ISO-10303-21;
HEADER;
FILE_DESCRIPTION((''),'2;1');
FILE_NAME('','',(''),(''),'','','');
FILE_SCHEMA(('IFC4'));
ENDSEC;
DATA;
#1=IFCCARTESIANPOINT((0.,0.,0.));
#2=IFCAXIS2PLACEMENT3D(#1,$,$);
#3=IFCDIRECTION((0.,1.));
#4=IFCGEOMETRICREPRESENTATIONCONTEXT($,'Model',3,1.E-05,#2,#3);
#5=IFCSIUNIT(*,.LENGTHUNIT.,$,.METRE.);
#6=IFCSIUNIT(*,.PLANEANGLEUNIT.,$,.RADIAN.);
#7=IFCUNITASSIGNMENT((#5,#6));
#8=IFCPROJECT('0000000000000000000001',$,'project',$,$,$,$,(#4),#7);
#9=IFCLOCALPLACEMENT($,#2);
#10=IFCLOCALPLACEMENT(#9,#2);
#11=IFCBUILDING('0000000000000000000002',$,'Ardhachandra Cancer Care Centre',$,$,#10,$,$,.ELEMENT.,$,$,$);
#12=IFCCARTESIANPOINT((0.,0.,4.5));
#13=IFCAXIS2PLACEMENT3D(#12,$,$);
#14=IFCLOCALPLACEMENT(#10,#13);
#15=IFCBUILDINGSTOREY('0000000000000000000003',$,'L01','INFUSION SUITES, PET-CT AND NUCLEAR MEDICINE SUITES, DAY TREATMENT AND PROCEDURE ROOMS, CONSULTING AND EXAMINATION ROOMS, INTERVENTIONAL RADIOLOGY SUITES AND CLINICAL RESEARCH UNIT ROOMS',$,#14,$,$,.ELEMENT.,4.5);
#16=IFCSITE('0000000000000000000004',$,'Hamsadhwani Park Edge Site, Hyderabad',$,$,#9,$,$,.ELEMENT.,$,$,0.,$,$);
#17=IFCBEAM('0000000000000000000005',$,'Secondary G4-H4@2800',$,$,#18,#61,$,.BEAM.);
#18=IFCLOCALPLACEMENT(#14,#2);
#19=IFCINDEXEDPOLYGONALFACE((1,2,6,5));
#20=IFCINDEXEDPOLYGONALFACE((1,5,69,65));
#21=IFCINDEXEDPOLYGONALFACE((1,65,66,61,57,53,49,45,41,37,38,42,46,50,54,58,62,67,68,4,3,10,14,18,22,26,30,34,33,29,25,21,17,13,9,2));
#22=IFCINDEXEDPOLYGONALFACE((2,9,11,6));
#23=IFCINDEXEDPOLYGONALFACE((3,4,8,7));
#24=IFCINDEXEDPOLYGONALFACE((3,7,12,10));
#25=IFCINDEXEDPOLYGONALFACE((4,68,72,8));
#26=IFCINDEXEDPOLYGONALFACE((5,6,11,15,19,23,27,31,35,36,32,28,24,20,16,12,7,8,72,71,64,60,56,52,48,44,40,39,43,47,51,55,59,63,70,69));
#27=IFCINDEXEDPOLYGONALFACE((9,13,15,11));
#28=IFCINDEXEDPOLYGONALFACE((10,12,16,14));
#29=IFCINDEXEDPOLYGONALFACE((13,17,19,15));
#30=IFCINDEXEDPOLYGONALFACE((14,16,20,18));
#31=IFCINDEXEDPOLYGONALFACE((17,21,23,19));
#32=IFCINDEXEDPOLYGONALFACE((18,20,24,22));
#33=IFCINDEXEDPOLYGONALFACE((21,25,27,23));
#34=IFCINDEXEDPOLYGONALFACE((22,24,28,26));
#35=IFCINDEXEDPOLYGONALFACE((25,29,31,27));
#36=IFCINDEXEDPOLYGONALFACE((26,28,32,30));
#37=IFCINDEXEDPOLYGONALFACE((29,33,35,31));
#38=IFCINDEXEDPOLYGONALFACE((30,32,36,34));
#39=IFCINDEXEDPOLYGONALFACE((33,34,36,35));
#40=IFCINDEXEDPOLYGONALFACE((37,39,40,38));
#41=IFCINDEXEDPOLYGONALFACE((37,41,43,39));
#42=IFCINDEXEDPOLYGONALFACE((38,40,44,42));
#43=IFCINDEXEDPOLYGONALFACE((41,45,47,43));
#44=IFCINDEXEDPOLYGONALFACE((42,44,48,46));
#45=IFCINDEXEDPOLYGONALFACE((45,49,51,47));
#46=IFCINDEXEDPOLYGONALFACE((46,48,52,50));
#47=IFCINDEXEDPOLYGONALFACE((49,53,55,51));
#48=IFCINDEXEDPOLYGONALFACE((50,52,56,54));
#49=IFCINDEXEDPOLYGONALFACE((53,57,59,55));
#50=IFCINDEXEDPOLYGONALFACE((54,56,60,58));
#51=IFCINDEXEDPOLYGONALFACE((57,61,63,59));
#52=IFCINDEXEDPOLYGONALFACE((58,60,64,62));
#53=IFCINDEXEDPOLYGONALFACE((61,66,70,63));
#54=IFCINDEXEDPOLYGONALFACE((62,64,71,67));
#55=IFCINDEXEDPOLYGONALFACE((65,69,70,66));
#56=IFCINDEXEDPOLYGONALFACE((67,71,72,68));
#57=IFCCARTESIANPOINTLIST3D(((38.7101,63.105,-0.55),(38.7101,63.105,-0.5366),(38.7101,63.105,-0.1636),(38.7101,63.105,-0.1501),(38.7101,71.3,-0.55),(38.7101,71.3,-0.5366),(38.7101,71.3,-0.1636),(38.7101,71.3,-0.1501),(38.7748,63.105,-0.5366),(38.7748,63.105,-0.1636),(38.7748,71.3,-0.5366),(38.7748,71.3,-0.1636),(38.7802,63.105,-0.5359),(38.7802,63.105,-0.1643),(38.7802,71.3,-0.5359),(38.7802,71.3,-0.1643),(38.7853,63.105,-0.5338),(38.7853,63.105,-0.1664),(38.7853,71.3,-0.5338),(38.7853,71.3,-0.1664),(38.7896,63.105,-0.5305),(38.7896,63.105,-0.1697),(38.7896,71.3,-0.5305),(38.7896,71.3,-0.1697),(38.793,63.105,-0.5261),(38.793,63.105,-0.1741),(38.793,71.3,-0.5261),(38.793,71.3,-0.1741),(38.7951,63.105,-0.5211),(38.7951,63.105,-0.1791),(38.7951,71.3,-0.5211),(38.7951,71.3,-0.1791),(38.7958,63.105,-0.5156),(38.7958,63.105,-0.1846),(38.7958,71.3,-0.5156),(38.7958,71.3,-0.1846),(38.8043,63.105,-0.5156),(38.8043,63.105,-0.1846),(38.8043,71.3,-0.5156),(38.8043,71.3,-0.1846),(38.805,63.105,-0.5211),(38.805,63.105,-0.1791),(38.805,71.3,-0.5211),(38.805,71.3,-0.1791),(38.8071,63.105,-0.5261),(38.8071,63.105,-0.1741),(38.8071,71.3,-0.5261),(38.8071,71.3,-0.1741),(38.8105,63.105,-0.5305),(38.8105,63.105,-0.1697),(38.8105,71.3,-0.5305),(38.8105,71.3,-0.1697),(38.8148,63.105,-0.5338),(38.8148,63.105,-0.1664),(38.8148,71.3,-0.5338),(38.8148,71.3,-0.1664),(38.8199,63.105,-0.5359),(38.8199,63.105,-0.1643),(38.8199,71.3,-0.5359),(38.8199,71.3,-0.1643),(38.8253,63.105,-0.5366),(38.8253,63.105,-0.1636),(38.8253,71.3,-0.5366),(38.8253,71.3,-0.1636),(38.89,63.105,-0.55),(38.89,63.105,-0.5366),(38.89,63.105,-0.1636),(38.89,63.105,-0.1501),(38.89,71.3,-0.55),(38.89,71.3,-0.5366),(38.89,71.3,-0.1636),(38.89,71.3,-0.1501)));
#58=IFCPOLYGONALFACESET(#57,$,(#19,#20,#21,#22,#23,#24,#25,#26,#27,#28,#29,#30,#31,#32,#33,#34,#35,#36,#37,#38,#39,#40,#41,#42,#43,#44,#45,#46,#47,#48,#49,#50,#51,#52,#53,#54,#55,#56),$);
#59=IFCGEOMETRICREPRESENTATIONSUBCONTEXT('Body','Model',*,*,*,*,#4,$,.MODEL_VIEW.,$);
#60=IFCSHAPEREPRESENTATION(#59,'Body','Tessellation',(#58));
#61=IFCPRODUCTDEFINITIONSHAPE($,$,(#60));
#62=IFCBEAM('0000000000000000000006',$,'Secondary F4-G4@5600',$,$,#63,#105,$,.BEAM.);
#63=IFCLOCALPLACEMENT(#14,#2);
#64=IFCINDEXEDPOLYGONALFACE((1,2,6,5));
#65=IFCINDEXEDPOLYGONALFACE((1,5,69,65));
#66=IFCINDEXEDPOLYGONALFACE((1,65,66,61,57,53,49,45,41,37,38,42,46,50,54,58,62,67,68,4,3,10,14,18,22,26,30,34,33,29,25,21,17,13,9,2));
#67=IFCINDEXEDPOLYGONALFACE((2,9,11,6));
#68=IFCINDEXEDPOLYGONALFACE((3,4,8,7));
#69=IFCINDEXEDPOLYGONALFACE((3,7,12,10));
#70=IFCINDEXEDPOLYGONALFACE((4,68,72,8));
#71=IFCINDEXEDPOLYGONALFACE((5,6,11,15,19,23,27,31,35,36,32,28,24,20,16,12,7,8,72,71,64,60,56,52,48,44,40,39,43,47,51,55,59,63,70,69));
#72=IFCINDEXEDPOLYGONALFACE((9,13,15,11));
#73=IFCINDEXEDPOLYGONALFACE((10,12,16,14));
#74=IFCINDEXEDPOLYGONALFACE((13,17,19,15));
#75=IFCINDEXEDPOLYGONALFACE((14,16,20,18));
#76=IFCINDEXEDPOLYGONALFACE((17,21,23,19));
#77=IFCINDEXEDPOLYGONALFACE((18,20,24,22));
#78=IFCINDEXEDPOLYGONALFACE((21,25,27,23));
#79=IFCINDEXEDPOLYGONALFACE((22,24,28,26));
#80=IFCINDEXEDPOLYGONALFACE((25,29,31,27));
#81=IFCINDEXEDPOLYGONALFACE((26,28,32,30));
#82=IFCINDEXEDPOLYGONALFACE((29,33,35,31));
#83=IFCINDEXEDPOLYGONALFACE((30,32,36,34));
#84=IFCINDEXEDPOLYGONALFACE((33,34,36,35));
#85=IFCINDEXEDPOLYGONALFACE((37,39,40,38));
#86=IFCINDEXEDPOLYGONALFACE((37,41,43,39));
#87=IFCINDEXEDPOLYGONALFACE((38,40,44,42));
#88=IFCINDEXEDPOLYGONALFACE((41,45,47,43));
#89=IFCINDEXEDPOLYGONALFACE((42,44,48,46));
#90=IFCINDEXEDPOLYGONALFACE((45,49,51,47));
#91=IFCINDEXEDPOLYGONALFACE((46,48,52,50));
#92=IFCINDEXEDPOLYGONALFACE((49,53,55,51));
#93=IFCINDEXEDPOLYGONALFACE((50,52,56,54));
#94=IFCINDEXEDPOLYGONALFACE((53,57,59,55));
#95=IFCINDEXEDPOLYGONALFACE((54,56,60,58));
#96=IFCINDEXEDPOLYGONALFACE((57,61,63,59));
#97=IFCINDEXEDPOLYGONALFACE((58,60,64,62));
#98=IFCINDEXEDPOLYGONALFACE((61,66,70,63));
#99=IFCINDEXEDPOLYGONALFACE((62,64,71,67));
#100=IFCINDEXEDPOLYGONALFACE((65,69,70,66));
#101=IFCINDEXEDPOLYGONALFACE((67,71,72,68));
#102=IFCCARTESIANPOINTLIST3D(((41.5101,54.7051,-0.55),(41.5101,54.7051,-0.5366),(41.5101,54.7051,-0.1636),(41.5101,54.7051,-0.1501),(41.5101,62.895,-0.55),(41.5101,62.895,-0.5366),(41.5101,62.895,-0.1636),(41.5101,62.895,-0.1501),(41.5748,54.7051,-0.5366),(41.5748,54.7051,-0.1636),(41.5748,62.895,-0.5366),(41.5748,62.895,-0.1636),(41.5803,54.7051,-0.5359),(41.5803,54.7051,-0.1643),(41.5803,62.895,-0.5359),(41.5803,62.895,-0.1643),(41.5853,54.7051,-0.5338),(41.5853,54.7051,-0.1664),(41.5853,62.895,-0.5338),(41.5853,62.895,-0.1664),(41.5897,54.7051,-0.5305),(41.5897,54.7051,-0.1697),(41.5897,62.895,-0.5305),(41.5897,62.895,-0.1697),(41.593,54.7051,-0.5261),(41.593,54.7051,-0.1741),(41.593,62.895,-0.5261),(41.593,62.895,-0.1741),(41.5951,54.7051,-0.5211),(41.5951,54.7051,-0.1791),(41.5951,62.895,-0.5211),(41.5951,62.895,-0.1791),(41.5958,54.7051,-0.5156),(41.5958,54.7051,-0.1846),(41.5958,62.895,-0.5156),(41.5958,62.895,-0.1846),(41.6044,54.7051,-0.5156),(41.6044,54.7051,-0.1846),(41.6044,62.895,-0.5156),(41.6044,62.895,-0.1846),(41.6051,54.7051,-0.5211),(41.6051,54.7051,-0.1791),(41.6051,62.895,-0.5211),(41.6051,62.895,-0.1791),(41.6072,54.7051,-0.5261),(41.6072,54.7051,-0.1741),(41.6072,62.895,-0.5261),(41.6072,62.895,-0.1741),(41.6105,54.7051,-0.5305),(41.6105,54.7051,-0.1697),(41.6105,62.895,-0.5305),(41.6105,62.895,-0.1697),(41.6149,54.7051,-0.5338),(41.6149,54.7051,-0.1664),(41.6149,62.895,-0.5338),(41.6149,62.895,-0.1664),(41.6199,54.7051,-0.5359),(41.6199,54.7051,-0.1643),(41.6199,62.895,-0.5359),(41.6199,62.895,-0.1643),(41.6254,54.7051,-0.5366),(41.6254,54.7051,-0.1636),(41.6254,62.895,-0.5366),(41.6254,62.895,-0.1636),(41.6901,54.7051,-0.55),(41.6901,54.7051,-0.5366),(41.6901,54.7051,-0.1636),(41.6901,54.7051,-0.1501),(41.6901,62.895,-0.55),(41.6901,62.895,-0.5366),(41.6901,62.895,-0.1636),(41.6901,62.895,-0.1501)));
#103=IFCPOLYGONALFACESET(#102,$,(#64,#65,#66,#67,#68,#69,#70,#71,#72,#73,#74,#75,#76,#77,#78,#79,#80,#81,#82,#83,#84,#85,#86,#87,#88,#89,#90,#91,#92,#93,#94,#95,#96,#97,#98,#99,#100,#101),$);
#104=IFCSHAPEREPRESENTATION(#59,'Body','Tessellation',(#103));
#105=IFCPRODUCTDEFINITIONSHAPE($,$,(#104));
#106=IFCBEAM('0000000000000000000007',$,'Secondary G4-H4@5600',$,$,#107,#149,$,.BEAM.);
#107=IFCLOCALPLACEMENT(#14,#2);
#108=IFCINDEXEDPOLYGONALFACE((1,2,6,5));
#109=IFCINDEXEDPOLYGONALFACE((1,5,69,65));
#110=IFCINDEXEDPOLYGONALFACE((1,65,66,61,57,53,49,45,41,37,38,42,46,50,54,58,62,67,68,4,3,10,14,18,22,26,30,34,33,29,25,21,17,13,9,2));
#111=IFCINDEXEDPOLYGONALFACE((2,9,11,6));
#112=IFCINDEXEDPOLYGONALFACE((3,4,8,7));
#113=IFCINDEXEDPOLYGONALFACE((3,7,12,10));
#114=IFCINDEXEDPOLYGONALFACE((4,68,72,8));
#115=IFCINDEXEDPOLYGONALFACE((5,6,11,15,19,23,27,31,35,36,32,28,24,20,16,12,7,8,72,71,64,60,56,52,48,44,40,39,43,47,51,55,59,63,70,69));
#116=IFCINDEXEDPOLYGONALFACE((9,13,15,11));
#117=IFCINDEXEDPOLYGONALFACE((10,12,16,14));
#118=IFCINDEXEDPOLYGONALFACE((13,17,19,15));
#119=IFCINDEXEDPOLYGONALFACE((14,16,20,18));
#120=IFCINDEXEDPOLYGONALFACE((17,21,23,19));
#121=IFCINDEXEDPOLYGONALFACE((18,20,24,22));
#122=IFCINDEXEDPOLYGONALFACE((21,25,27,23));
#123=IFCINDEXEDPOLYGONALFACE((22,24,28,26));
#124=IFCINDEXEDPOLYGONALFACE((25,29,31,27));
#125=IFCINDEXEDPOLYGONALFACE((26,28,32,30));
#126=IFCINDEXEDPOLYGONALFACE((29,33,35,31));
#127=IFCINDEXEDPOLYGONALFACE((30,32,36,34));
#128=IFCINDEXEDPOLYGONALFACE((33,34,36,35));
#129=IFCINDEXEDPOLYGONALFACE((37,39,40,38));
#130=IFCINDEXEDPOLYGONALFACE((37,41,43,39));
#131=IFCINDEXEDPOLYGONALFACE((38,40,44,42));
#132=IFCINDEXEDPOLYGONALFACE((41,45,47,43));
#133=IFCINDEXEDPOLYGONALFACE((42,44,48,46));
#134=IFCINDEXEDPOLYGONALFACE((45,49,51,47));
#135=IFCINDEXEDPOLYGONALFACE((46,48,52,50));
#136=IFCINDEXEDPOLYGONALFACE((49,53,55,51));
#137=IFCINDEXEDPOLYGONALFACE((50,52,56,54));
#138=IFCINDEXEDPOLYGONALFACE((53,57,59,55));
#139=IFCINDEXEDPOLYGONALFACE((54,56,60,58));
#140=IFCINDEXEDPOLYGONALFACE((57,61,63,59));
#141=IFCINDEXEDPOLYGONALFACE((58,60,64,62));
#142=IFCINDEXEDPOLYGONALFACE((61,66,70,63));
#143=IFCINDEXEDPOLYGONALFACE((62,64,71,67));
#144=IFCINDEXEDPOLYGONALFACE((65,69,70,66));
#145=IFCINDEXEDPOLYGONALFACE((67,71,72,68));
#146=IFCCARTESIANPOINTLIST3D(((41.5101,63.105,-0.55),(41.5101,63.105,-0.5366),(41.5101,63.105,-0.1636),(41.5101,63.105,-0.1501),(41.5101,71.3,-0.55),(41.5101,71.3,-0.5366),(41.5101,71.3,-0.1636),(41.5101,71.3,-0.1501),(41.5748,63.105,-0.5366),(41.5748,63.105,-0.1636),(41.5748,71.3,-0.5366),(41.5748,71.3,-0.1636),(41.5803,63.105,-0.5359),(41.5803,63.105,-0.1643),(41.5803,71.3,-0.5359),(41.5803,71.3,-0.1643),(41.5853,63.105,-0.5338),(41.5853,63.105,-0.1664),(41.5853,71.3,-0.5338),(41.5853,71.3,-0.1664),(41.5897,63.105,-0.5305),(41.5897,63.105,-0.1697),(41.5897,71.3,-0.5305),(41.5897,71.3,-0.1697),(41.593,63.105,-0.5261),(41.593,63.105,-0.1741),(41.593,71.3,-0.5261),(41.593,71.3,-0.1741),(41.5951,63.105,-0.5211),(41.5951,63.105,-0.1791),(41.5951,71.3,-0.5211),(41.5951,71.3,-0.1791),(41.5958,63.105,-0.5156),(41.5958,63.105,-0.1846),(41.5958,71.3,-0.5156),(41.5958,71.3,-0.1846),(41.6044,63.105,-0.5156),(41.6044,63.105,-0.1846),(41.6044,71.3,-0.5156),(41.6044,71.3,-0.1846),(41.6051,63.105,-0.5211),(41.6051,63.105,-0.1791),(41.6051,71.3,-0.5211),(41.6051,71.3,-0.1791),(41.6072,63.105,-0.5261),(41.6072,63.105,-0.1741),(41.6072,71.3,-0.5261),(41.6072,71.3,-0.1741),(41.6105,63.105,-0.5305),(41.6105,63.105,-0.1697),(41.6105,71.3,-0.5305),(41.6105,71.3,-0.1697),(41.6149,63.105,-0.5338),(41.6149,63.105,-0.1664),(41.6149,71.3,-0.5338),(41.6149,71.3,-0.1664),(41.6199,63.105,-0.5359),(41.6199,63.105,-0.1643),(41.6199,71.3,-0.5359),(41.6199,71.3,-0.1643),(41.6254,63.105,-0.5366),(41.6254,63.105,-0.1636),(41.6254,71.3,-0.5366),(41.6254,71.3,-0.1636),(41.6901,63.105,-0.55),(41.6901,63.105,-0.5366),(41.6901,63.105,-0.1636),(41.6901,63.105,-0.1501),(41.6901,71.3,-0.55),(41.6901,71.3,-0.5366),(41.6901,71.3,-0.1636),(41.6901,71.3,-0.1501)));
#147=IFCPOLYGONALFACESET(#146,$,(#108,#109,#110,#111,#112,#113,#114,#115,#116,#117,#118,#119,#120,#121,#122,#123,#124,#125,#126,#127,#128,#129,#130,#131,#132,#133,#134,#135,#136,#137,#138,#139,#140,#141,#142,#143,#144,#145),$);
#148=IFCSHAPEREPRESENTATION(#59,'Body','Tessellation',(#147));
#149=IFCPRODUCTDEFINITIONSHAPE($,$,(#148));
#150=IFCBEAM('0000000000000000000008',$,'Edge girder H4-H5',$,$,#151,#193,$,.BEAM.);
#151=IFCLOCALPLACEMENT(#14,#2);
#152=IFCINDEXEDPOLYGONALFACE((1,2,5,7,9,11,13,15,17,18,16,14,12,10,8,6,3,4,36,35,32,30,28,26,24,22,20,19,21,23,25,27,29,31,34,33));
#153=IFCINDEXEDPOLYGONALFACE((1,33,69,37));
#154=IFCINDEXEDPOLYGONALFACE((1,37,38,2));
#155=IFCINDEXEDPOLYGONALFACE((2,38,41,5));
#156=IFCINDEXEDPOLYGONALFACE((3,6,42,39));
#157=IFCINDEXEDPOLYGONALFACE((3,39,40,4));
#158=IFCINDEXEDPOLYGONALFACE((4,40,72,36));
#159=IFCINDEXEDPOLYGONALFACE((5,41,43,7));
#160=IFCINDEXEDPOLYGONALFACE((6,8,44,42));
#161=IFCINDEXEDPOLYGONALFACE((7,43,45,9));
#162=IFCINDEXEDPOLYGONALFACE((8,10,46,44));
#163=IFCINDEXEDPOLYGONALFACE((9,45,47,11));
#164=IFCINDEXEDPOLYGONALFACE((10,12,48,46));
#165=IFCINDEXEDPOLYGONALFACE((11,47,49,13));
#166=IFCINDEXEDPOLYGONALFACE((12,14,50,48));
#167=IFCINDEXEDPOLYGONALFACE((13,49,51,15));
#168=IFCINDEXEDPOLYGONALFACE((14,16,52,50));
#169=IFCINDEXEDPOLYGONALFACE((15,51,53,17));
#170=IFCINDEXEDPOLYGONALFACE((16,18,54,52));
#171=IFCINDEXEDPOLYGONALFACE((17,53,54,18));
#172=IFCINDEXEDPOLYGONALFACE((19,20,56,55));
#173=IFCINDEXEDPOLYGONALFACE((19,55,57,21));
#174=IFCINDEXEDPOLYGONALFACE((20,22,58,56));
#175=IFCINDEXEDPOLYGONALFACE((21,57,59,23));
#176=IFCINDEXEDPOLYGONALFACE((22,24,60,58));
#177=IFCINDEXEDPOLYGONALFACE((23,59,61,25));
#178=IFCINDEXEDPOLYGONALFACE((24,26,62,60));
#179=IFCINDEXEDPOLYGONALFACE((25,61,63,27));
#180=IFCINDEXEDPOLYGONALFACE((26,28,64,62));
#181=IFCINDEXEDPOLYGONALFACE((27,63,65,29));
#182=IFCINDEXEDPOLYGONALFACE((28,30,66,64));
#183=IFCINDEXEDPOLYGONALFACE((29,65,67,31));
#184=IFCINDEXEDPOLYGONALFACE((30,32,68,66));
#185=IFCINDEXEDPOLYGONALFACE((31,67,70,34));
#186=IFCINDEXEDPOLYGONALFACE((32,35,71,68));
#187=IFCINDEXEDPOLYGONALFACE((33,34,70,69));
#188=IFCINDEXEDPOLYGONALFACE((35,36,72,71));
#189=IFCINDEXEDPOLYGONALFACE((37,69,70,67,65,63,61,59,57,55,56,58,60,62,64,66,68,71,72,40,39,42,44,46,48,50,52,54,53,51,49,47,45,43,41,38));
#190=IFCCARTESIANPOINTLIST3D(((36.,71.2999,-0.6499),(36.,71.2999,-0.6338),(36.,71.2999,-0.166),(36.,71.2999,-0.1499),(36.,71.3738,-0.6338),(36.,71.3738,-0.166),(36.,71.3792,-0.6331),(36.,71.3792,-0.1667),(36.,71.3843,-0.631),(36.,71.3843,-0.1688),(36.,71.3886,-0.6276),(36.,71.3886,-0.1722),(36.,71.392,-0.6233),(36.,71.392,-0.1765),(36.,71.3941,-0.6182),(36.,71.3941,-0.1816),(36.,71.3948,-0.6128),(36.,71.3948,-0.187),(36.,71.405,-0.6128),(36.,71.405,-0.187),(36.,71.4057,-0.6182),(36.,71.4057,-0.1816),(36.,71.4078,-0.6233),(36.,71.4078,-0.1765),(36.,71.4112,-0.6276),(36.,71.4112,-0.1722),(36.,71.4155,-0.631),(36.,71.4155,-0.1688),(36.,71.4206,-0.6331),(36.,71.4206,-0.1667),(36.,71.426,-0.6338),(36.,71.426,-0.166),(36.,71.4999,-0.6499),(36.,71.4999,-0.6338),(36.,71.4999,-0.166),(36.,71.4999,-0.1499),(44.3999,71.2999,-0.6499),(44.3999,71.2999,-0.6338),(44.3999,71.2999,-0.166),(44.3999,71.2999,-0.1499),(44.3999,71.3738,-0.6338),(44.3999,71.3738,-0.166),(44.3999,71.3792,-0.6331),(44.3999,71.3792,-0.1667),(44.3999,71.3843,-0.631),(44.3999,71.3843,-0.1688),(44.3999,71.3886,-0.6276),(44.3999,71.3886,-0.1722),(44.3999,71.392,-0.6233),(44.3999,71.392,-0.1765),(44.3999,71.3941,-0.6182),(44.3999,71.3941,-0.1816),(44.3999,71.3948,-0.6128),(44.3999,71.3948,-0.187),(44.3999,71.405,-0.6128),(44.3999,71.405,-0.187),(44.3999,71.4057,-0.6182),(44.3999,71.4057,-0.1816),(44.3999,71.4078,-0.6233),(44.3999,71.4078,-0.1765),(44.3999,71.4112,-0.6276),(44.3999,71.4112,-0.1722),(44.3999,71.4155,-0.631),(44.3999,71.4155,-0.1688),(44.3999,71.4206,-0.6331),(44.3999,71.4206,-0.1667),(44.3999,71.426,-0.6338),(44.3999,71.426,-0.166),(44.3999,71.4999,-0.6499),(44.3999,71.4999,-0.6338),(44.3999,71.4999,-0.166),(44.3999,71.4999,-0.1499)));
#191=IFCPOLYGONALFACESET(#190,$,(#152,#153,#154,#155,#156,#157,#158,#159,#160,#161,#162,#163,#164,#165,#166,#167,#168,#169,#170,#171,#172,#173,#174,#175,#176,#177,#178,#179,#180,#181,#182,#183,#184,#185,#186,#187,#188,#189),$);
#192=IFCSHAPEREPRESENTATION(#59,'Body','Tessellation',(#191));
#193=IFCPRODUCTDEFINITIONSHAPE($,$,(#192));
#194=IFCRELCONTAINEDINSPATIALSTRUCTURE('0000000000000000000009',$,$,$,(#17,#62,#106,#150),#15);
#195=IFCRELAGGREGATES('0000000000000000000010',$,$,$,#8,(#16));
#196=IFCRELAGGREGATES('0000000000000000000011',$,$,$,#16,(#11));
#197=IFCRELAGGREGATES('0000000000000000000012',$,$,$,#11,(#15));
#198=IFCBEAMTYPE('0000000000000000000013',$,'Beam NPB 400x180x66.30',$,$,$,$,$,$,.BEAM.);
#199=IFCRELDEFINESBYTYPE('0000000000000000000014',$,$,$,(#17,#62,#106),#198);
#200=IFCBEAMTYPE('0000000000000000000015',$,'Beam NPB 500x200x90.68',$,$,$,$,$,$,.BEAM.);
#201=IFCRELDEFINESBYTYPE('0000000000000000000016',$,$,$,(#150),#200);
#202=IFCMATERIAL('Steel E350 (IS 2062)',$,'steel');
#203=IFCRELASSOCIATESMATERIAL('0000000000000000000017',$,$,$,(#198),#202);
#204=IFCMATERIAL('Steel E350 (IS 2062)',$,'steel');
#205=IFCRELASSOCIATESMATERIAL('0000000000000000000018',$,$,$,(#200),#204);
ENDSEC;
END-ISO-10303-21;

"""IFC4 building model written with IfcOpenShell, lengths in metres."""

from ifc_helpers import new_model, si_unit, direction, frame, origin, origin_2d, place, context, subcontext, project, spatial, i_section, extrude, material, material_profile, profile_set, type_object, element, save


model = new_model("IFC4")

# Units and contexts
model_context = context("Model", 3, precision=1e-05, world=origin(), true_north=direction((0.0, 1.0)))
body_context = subcontext(model_context, "Body", "Model", "MODEL_VIEW")
ifc_project = project(units=[si_unit("LENGTHUNIT", "METRE"), si_unit("PLANEANGLEUNIT", "RADIAN")], contexts=[model_context])

# Site, building, storey
site_placement = place(None, origin())
site = spatial("IfcSite", under=ifc_project, at=site_placement, Name="Hamsadhwani Park Edge Site, Hyderabad", CompositionType="ELEMENT", RefElevation=0.0)
building_placement = place(site_placement, origin())
building = spatial("IfcBuilding", under=site, at=building_placement, Name="Ardhachandra Cancer Care Centre", CompositionType="ELEMENT")
storey_placement = place(building_placement, frame((0.0, 0.0, 4.5)))
storey = spatial("IfcBuildingStorey", under=building, at=storey_placement, Name="L01", Description="INFUSION SUITES, PET-CT AND NUCLEAR MEDICINE SUITES, DAY TREATMENT AND PROCEDURE ROOMS, CONSULTING AND EXAMINATION ROOMS, INTERVENTIONAL RADIOLOGY SUITES AND CLINICAL RESEARCH UNIT ROOMS", CompositionType="ELEMENT", Elevation=4.5)

# Beams
ifc_material_1 = material(Name="Steel E350 (IS 2062)", Category="steel")
ifc_material_profile_1 = material_profile(ifc_material_1, i_section(OverallWidth=0.1799, OverallDepth=0.3999, WebThickness=0.0085, FlangeThickness=0.0134, FilletRadius=0.021, at=origin_2d()), Name="NPB 400x180x66.30")
ifc_profile_set_1 = profile_set([ifc_material_profile_1], Name="Steel E350 (IS 2062)")
beam_type_1 = type_object("IfcBeamType", Name="Beam NPB 400x180x66.30", PredefinedType="BEAM", material=ifc_profile_set_1)
beam_1_placement = place(storey_placement, frame((38.8, 63.105, -0.3501), z_axis=(0.0, 1.0, 0.0), x_axis=(-1.0, 0.0, 0.0)))
element("IfcBeam", 1, at=beam_1_placement, inside=storey, type_object=beam_type_1, Name="Secondary G4-H4@2800", PredefinedType="BEAM", context=body_context, shape_type="SweptSolid", body=[
    extrude(i_section(OverallWidth=0.1799, OverallDepth=0.3999, WebThickness=0.0085, FlangeThickness=0.0134, FilletRadius=0.021, at=origin_2d()), origin(), (0.0, 0.0, 1.0), 8.1951),
])
beam_2_placement = place(storey_placement, frame((41.6001, 54.7051, -0.3501), z_axis=(0.0, 1.0, 0.0), x_axis=(-1.0, 0.0, 0.0)))
element("IfcBeam", 2, at=beam_2_placement, inside=storey, type_object=beam_type_1, Name="Secondary F4-G4@5600", PredefinedType="BEAM", context=body_context, shape_type="SweptSolid", body=[
    extrude(i_section(OverallWidth=0.1799, OverallDepth=0.3999, WebThickness=0.0085, FlangeThickness=0.0134, FilletRadius=0.021, at=origin_2d()), origin(), (0.0, 0.0, 1.0), 8.1899),
])
beam_3_placement = place(storey_placement, frame((41.6001, 63.105, -0.3501), z_axis=(0.0, 1.0, 0.0), x_axis=(-1.0, 0.0, 0.0)))
element("IfcBeam", 3, at=beam_3_placement, inside=storey, type_object=beam_type_1, Name="Secondary G4-H4@5600", PredefinedType="BEAM", context=body_context, shape_type="SweptSolid", body=[
    extrude(i_section(OverallWidth=0.1799, OverallDepth=0.3999, WebThickness=0.0085, FlangeThickness=0.0134, FilletRadius=0.021, at=origin_2d()), origin(), (0.0, 0.0, 1.0), 8.1951),
])
ifc_material_2 = material(Name="Steel E350 (IS 2062)", Category="steel")
ifc_material_profile_2 = material_profile(ifc_material_2, i_section(OverallWidth=0.2, OverallDepth=0.5, WebThickness=0.0103, FlangeThickness=0.0161, FilletRadius=0.021, at=origin_2d()), Name="NPB 500x200x90.68")
ifc_profile_set_2 = profile_set([ifc_material_profile_2], Name="Steel E350 (IS 2062)")
beam_type_2 = type_object("IfcBeamType", Name="Beam NPB 500x200x90.68", PredefinedType="BEAM", material=ifc_profile_set_2)
for number, where, z_axis, x_axis, name in (
    (4, (36.0, 71.3999, -0.3999), (1.0, 0.0, 0.0), (0.0, 1.0, 0.0), "Edge girder H4-H5"),
):
    element("IfcBeam", number, at=place(storey_placement, frame(where, z_axis=z_axis, x_axis=x_axis)), inside=storey, type_object=beam_type_2, Name=name, PredefinedType="BEAM", context=body_context, shape_type="SweptSolid", body=[
        extrude(i_section(OverallWidth=0.2, OverallDepth=0.5, WebThickness=0.0103, FlangeThickness=0.0161, FilletRadius=0.021, at=origin_2d()), origin(), (0.0, 0.0, 1.0), 8.3999),
    ])

save(model, "model.ifc")
